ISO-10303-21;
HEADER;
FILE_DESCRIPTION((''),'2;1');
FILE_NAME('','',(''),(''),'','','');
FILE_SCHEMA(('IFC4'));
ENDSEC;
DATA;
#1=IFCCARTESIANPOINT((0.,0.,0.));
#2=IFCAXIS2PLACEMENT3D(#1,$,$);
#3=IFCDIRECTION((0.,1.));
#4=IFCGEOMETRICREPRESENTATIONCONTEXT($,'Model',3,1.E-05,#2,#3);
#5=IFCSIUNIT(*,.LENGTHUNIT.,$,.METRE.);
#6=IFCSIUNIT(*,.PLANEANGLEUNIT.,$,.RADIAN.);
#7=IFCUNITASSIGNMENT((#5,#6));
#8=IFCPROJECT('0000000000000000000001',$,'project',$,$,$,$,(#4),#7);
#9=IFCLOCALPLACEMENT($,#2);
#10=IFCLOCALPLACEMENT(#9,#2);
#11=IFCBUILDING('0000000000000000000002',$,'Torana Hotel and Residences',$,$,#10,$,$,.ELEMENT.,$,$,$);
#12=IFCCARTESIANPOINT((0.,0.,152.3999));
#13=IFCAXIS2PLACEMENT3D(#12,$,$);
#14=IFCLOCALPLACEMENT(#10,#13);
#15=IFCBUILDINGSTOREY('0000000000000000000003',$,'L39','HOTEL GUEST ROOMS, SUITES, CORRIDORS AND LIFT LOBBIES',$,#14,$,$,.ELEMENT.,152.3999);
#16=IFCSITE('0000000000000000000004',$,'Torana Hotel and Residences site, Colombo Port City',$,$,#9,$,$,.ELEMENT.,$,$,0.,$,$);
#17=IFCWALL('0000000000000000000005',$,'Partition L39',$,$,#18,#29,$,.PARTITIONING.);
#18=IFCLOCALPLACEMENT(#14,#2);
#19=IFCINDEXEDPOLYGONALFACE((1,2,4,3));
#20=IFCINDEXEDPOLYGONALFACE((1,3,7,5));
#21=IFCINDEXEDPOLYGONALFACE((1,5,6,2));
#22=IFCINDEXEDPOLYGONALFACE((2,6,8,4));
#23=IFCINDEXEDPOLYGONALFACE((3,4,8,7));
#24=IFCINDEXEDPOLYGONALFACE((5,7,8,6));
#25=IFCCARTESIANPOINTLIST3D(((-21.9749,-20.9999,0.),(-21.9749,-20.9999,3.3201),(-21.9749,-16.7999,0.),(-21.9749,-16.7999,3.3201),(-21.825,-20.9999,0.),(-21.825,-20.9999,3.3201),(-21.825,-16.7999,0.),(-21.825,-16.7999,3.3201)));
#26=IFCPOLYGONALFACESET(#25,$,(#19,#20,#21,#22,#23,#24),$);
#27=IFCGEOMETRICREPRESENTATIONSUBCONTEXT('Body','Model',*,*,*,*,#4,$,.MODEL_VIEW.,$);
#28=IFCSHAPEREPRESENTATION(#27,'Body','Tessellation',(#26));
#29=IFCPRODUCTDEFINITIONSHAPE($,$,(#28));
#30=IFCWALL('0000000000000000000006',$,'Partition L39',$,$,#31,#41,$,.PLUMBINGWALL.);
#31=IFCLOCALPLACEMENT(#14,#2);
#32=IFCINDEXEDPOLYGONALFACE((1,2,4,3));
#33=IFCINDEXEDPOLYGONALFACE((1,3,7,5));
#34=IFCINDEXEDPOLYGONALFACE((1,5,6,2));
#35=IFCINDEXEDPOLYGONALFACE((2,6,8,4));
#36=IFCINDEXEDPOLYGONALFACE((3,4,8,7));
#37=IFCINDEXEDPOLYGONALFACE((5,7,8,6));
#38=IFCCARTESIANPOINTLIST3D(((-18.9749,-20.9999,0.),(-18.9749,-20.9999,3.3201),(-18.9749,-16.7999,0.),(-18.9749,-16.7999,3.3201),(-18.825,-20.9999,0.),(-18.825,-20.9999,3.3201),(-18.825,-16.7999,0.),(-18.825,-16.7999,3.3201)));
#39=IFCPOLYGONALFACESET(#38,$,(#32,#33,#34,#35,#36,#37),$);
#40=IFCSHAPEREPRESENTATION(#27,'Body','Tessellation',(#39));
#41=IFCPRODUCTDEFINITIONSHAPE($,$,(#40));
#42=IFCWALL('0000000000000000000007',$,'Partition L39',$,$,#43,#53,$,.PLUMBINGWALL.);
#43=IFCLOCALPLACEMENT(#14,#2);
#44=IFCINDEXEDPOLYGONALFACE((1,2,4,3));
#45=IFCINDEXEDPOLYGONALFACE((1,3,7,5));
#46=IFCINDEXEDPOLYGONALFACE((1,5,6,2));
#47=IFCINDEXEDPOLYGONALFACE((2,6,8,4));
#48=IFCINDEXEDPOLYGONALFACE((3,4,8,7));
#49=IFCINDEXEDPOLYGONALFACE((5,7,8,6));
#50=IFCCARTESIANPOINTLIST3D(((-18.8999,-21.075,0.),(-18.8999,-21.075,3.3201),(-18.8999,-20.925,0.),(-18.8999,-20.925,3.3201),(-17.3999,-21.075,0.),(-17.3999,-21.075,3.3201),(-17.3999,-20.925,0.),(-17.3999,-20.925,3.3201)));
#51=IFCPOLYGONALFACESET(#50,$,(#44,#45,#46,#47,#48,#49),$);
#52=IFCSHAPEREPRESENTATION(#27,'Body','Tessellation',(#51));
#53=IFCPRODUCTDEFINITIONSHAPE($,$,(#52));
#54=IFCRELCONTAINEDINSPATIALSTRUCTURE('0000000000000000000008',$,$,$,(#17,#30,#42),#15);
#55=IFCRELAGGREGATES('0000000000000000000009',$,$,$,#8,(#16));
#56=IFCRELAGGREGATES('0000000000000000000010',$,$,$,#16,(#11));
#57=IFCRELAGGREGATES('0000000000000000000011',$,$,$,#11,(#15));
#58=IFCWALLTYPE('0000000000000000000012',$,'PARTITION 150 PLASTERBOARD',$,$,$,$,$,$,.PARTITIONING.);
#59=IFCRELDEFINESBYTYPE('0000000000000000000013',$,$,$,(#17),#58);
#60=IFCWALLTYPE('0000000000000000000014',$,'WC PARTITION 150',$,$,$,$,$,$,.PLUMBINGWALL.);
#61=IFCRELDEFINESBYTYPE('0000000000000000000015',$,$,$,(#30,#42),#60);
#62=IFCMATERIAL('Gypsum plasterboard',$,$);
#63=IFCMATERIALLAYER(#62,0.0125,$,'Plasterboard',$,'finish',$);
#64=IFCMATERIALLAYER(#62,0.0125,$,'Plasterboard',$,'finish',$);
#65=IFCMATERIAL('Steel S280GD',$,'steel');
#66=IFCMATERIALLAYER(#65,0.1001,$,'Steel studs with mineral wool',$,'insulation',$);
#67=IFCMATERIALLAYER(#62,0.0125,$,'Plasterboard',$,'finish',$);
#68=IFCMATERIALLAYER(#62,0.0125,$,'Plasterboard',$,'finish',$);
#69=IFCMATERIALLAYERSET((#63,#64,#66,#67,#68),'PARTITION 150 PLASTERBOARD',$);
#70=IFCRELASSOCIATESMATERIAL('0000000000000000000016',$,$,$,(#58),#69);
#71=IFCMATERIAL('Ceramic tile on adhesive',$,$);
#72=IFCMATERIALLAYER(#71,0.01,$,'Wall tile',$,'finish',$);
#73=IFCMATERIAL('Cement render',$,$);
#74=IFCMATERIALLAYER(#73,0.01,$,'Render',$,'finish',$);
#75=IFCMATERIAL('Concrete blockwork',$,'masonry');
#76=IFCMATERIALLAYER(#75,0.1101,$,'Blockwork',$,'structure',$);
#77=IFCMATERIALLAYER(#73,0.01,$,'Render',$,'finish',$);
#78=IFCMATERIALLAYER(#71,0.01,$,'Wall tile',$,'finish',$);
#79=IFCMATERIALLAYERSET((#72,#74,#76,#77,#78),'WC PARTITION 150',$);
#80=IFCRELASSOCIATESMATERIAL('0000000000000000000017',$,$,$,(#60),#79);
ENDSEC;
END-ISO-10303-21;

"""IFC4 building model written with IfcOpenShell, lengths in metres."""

from ifc_helpers import new_model, si_unit, direction, frame, frame_2d, origin, place, context, subcontext, project, spatial, rectangle, extrude, material, layer, layer_set, type_object, element, save


model = new_model("IFC4")

# Units and contexts
model_context = context("Model", 3, precision=1e-05, world=origin(), true_north=direction((0.0, 1.0)))
body_context = subcontext(model_context, "Body", "Model", "MODEL_VIEW")
ifc_project = project(units=[si_unit("LENGTHUNIT", "METRE"), si_unit("PLANEANGLEUNIT", "RADIAN")], contexts=[model_context])

# Site, building, storey
site_placement = place(None, origin())
site = spatial("IfcSite", under=ifc_project, at=site_placement, Name="Torana Hotel and Residences site, Colombo Port City", CompositionType="ELEMENT", RefElevation=0.0)
building_placement = place(site_placement, origin())
building = spatial("IfcBuilding", under=site, at=building_placement, Name="Torana Hotel and Residences", CompositionType="ELEMENT")
storey_placement = place(building_placement, frame((0.0, 0.0, 152.3999)))
storey = spatial("IfcBuildingStorey", under=building, at=storey_placement, Name="L39", Description="HOTEL GUEST ROOMS, SUITES, CORRIDORS AND LIFT LOBBIES", CompositionType="ELEMENT", Elevation=152.3999)

# Shared definitions
ifc_material_1 = material(Name="Concrete blockwork", Category="masonry")

# Walls
ifc_material_2 = material(Name="Gypsum plasterboard")
ifc_layer_1 = layer(ifc_material_2, 0.0125, Name="Plasterboard", Category="finish")
ifc_layer_2 = layer(ifc_material_2, 0.0125, Name="Plasterboard", Category="finish")
ifc_material_3 = material(Name="Steel S280GD", Category="steel")
ifc_layer_3 = layer(ifc_material_3, 0.1001, Name="Steel studs with mineral wool", Category="insulation")
ifc_layer_4 = layer(ifc_material_2, 0.0125, Name="Plasterboard", Category="finish")
ifc_layer_5 = layer(ifc_material_2, 0.0125, Name="Plasterboard", Category="finish")
ifc_layer_set_1 = layer_set([ifc_layer_1, ifc_layer_2, ifc_layer_3, ifc_layer_4, ifc_layer_5], Name="PARTITION 150 PLASTERBOARD")
wall_type_1 = type_object("IfcWallType", Name="PARTITION 150 PLASTERBOARD", PredefinedType="PARTITIONING", material=ifc_layer_set_1)
wall_1_placement = place(storey_placement, frame((-21.8999, -21.0, 0.0), z_axis=(0.0, 0.0, 1.0), x_axis=(0.0, 1.0, 0.0)))
element("IfcWall", 1, at=wall_1_placement, inside=storey, type_object=wall_type_1, Name="Partition L39", PredefinedType="PARTITIONING", context=body_context, shape_type="SweptSolid", body=[
    extrude(rectangle(XDim=4.2, YDim=0.1499, at=frame_2d((2.1001, 0.0))), origin(), (0.0, 0.0, 1.0), 3.3201),
])
ifc_material_4 = material(Name="Ceramic tile on adhesive")
ifc_layer_6 = layer(ifc_material_4, 0.01, Name="Wall tile", Category="finish")
ifc_material_5 = material(Name="Cement render")
ifc_layer_7 = layer(ifc_material_5, 0.01, Name="Render", Category="finish")
ifc_layer_8 = layer(ifc_material_1, 0.1101, Name="Blockwork", Category="structure")
ifc_layer_9 = layer(ifc_material_5, 0.01, Name="Render", Category="finish")
ifc_layer_10 = layer(ifc_material_4, 0.01, Name="Wall tile", Category="finish")
ifc_layer_set_2 = layer_set([ifc_layer_6, ifc_layer_7, ifc_layer_8, ifc_layer_9, ifc_layer_10], Name="WC PARTITION 150")
wall_type_2 = type_object("IfcWallType", Name="WC PARTITION 150", PredefinedType="PLUMBINGWALL", material=ifc_layer_set_2)
wall_2_placement = place(storey_placement, frame((-18.8999, -21.0, 0.0), z_axis=(0.0, 0.0, 1.0), x_axis=(0.0, 1.0, 0.0)))
element("IfcWall", 2, at=wall_2_placement, inside=storey, type_object=wall_type_2, Name="Partition L39", PredefinedType="PLUMBINGWALL", context=body_context, shape_type="SweptSolid", body=[
    extrude(rectangle(XDim=4.2, YDim=0.1499, at=frame_2d((2.1001, 0.0))), origin(), (0.0, 0.0, 1.0), 3.3201),
])
wall_3_placement = place(storey_placement, frame((-18.8999, -21.0, 0.0), z_axis=(0.0, 0.0, 1.0), x_axis=(1.0, 0.0, 0.0)))
element("IfcWall", 3, at=wall_3_placement, inside=storey, type_object=wall_type_2, Name="Partition L39", PredefinedType="PLUMBINGWALL", context=body_context, shape_type="SweptSolid", body=[
    extrude(rectangle(XDim=1.5, YDim=0.1499, at=frame_2d((0.75, 0.0))), origin(), (0.0, 0.0, 1.0), 3.3201),
])

save(model, "model.ifc")
